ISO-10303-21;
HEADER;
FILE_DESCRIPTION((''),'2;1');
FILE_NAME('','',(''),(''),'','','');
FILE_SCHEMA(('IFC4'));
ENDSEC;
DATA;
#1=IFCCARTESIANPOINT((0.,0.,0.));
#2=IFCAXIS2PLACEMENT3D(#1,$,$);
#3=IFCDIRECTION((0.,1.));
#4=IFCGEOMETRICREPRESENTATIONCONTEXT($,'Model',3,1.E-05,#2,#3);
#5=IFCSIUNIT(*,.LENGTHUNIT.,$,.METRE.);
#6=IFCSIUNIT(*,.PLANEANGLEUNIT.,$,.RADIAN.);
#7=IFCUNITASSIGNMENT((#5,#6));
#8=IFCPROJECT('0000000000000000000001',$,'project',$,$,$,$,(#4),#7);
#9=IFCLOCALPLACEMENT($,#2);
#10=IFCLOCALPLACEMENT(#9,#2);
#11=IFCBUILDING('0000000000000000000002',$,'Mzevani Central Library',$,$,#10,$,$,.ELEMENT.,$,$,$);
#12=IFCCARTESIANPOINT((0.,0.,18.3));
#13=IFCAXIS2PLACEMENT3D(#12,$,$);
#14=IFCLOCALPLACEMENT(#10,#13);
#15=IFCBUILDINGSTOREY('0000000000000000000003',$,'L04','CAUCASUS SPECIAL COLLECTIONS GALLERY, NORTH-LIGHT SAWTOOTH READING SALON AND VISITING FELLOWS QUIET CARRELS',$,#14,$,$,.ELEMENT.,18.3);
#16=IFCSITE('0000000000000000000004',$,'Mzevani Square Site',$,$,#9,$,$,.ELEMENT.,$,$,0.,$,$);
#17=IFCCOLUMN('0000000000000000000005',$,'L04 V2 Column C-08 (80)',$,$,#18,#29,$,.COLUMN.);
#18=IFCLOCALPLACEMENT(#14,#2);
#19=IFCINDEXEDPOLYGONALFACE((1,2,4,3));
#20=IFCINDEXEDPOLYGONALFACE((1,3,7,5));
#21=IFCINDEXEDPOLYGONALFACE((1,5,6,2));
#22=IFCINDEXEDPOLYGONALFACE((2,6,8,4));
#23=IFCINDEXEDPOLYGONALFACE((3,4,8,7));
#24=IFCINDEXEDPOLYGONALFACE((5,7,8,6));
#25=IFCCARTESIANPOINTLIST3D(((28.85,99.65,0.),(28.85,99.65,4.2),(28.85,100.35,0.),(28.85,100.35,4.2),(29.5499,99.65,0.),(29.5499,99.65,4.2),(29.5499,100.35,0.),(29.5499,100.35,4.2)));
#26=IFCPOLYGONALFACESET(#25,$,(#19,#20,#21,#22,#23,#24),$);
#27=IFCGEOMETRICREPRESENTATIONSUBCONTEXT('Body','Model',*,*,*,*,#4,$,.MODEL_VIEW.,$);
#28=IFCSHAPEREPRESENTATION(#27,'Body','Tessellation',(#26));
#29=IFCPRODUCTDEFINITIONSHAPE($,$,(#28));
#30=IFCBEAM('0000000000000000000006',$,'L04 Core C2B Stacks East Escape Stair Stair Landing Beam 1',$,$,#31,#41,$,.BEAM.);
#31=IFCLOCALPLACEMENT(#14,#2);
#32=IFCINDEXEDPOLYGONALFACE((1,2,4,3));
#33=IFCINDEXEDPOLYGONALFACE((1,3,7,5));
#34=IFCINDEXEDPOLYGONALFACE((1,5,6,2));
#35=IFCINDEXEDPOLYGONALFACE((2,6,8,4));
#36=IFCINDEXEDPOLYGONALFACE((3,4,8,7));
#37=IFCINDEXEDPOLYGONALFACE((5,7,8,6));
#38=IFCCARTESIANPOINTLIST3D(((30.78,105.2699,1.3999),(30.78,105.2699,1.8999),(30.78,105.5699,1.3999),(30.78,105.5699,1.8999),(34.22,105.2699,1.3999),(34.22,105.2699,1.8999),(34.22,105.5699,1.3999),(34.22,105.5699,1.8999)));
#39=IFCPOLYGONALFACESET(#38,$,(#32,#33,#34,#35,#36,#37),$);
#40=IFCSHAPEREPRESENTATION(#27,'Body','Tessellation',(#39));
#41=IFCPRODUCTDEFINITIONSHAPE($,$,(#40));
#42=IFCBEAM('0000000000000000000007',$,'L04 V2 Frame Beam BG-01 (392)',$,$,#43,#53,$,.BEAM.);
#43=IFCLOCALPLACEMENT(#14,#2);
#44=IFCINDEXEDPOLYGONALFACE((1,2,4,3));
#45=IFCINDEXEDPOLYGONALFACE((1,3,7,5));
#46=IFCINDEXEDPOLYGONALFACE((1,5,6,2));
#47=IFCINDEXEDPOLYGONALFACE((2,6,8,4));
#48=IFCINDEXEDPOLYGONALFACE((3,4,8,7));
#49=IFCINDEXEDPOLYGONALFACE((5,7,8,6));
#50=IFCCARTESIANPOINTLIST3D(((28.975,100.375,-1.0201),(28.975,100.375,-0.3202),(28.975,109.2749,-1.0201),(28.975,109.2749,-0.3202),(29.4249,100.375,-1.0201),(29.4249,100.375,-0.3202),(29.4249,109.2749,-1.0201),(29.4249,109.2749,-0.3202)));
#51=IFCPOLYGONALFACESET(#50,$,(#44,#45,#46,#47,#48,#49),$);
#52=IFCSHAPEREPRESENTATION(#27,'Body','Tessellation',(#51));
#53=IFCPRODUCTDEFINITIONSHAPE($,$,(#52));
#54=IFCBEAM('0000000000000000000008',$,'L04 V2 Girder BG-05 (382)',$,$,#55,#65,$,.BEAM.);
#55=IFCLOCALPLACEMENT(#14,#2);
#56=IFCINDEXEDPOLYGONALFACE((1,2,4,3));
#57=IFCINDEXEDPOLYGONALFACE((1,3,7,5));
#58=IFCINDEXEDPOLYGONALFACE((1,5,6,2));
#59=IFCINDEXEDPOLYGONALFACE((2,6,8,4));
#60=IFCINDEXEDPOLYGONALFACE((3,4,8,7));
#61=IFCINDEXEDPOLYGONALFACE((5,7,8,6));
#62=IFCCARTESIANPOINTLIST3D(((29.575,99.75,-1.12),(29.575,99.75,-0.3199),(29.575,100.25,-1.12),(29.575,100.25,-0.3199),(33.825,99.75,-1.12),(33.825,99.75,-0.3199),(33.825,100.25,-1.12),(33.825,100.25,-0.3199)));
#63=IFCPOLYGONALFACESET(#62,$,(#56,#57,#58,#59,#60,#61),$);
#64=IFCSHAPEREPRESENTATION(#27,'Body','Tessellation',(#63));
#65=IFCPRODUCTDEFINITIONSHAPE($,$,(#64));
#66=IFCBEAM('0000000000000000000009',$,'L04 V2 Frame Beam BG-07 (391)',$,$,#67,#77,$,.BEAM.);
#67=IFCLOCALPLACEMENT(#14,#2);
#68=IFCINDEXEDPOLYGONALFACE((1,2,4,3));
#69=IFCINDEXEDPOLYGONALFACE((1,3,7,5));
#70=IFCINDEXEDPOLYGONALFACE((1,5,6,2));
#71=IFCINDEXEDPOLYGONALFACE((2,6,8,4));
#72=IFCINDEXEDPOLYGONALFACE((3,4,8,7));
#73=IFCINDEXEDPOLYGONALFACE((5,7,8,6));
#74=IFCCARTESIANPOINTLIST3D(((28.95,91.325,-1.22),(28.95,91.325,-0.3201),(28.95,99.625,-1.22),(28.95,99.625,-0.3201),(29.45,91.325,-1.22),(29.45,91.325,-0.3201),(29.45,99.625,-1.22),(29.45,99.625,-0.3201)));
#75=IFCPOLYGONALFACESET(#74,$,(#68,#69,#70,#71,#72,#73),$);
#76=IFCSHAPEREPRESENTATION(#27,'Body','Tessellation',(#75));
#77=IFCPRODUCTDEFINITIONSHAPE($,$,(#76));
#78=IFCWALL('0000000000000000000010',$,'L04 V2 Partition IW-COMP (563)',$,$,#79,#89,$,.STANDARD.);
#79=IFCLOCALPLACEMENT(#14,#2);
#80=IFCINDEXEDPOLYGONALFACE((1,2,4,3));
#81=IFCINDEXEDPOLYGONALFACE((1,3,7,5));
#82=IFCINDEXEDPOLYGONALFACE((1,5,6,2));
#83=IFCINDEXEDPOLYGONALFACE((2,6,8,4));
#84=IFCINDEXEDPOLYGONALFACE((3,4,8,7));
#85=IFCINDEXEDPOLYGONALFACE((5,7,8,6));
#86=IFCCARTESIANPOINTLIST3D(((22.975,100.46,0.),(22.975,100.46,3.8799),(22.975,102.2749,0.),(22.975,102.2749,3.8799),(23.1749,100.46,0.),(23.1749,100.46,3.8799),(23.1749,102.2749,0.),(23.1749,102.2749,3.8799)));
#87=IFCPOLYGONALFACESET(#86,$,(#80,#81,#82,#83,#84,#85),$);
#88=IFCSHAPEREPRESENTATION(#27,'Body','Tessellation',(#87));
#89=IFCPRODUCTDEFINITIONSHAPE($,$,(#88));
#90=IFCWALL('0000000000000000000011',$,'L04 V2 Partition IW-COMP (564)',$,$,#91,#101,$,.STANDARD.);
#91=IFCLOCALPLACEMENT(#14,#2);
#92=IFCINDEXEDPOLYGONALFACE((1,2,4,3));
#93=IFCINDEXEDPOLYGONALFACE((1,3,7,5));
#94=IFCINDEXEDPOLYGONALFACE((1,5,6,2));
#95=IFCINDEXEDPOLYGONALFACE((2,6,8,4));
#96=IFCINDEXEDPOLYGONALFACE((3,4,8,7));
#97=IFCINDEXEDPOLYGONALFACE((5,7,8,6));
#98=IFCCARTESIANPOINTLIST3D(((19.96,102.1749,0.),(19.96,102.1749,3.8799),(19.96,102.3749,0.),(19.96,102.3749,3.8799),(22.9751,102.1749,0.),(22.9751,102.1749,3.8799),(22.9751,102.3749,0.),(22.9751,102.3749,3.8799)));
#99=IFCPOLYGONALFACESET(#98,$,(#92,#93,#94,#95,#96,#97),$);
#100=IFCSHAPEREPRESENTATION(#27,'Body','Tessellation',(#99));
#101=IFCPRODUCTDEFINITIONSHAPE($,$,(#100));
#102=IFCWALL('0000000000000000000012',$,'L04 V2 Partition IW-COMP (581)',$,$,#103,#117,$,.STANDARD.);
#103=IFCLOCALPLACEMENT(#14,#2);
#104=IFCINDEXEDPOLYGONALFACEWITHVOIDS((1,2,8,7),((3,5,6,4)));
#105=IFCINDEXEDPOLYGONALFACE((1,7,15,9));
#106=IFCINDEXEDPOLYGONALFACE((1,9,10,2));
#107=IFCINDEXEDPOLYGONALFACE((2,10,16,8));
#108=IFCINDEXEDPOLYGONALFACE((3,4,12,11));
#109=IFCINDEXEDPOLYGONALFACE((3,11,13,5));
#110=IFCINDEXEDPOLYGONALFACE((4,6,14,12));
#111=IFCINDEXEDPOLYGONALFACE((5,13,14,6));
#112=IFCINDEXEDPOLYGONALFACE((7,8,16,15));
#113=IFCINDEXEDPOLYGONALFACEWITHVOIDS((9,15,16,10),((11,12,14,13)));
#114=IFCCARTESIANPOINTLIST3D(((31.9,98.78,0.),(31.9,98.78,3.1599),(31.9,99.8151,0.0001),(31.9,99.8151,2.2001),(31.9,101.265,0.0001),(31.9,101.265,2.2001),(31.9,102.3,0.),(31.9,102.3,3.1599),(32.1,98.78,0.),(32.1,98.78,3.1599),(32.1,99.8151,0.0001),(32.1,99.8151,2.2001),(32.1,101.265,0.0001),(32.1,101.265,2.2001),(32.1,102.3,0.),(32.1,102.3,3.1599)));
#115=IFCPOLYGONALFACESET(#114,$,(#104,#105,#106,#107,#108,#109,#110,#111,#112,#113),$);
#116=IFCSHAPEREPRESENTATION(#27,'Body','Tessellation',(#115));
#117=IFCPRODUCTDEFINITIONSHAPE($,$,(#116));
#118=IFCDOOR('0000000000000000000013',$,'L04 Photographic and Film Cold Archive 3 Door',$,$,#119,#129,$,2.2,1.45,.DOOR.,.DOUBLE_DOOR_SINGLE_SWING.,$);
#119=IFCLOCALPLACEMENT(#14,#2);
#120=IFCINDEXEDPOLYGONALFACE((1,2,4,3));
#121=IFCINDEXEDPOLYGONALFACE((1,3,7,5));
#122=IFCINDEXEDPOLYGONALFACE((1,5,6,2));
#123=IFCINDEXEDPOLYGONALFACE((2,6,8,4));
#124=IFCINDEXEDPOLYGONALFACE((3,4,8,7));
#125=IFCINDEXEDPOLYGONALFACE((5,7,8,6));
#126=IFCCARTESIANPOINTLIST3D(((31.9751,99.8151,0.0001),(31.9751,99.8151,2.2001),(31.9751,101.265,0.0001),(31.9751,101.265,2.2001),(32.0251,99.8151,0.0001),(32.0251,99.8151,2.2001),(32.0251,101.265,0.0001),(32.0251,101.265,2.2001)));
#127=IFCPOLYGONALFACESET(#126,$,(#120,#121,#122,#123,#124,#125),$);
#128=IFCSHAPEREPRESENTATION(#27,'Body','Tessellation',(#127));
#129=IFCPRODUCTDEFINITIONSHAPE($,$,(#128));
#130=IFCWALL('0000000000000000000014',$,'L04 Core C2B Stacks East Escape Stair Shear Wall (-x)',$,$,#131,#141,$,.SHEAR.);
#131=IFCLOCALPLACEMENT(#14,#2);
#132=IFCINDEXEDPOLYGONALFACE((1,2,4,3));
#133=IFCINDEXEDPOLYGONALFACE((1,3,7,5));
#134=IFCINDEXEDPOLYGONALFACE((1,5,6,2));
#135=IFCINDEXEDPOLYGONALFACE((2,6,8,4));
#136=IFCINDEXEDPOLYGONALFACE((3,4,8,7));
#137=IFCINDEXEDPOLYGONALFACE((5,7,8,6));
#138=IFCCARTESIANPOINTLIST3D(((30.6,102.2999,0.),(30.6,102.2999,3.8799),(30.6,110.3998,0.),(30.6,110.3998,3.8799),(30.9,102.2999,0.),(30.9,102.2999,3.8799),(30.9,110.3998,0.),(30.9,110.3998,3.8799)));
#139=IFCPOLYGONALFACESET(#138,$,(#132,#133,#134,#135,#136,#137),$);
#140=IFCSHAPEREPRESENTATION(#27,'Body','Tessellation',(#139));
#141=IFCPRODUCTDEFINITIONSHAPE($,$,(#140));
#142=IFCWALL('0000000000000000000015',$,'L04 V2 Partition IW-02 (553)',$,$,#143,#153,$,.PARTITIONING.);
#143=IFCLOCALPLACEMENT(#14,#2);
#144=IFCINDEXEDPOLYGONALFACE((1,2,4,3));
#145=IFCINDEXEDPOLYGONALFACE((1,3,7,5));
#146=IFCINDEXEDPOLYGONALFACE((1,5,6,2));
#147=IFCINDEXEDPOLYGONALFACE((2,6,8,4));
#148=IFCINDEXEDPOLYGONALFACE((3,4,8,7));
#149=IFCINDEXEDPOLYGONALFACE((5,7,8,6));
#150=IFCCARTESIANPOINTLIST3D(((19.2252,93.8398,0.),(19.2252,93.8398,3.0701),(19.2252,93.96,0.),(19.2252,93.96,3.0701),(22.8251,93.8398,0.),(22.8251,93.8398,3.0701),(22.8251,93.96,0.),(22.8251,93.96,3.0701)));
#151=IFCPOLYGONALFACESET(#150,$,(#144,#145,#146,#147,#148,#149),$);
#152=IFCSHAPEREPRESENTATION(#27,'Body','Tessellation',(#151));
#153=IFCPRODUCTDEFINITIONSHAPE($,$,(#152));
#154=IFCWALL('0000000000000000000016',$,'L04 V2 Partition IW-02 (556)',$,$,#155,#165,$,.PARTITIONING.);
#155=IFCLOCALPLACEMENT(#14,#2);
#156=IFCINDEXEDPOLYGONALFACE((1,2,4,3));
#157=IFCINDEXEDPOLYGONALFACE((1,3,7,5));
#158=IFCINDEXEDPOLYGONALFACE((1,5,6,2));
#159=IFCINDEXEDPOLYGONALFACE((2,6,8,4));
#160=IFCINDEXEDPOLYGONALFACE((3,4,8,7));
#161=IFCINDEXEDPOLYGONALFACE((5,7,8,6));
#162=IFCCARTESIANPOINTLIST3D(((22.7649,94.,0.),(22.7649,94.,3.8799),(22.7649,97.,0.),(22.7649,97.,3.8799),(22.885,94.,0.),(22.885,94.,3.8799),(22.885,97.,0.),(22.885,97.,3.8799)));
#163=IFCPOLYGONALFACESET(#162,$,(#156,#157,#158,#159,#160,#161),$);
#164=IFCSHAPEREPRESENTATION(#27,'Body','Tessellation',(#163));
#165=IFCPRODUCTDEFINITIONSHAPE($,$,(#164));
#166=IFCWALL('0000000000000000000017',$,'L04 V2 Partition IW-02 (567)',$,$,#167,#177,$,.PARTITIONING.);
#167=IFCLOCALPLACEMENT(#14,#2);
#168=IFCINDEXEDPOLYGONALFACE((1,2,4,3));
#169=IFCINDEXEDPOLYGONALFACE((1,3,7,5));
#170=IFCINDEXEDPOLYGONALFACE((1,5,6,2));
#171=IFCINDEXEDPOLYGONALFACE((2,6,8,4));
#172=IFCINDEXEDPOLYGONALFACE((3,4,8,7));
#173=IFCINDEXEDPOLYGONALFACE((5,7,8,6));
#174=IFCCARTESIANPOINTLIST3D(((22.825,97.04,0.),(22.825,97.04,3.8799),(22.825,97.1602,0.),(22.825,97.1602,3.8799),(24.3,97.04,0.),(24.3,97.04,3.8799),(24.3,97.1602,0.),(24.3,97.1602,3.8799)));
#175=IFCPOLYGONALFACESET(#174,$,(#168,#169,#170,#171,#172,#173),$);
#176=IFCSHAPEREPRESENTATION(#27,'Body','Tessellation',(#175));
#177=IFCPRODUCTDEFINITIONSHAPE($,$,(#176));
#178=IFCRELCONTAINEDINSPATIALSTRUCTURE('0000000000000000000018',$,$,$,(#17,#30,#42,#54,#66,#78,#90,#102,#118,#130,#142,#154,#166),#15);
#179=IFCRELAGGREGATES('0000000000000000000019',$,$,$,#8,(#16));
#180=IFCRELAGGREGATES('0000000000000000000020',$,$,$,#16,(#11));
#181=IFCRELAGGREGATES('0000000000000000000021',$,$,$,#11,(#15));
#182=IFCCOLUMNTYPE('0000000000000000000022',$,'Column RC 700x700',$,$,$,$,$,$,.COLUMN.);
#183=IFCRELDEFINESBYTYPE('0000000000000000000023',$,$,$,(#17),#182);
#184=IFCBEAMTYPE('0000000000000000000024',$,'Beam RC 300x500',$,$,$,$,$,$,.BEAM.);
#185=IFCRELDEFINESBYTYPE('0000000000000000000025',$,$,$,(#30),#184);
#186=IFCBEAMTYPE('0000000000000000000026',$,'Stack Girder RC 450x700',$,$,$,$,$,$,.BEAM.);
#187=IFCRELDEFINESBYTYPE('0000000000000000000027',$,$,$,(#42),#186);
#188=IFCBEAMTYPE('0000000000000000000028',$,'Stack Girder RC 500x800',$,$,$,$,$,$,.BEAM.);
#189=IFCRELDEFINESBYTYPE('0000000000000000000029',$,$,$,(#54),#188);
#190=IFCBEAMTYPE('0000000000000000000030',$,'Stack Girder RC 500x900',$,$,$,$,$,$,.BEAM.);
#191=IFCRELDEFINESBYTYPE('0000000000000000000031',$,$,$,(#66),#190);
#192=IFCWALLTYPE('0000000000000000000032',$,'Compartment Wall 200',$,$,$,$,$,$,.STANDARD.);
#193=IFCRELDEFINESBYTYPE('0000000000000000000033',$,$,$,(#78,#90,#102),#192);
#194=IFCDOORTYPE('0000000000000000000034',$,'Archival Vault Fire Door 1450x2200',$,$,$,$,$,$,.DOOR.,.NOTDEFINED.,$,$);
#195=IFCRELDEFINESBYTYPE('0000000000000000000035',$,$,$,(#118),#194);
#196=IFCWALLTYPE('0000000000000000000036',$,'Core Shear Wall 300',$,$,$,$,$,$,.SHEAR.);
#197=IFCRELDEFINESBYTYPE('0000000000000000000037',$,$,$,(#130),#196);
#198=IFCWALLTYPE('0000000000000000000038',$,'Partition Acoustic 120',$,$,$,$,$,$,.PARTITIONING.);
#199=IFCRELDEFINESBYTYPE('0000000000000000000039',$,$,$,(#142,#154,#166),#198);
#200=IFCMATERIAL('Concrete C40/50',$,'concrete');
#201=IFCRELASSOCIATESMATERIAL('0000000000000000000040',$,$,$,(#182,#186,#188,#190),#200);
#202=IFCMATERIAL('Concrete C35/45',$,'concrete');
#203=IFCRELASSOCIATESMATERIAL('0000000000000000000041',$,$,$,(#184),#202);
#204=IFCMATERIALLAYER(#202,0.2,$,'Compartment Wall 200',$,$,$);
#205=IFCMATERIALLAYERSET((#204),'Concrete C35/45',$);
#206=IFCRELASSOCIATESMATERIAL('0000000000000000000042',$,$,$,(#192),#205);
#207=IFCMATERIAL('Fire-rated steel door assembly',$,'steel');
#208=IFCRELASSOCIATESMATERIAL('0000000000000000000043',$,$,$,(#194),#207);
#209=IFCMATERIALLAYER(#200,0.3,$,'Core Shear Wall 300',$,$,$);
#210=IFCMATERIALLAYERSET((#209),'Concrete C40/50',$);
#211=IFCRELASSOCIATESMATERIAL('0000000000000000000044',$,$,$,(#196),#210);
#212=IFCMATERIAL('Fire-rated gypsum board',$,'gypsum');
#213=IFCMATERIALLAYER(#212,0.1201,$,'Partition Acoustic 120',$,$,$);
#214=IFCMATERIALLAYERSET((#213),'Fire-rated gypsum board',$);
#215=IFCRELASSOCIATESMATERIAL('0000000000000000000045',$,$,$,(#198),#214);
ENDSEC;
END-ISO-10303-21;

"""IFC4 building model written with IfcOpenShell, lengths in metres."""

from ifc_helpers import new_model, si_unit, direction, frame, frame_2d, origin, origin_2d, place, context, subcontext, project, spatial, rectangle, extrude, material, layer, layer_set, material_profile, profile_set, type_object, element, fill, save


model = new_model("IFC4")

# Units and contexts
model_context = context("Model", 3, precision=1e-05, world=origin(), true_north=direction((0.0, 1.0)))
body_context = subcontext(model_context, "Body", "Model", "MODEL_VIEW")
ifc_project = project(units=[si_unit("LENGTHUNIT", "METRE"), si_unit("PLANEANGLEUNIT", "RADIAN")], contexts=[model_context])

# Site, building, storey
site_placement = place(None, origin())
site = spatial("IfcSite", under=ifc_project, at=site_placement, Name="Mzevani Square Site", CompositionType="ELEMENT", RefElevation=0.0)
building_placement = place(site_placement, origin())
building = spatial("IfcBuilding", under=site, at=building_placement, Name="Mzevani Central Library", CompositionType="ELEMENT")
storey_placement = place(building_placement, frame((0.0, 0.0, 18.3)))
storey = spatial("IfcBuildingStorey", under=building, at=storey_placement, Name="L04", Description="CAUCASUS SPECIAL COLLECTIONS GALLERY, NORTH-LIGHT SAWTOOTH READING SALON AND VISITING FELLOWS QUIET CARRELS", CompositionType="ELEMENT", Elevation=18.3)

# Column
ifc_material_1 = material(Name="Concrete C40/50", Category="concrete")
ifc_material_profile_1 = material_profile(ifc_material_1, rectangle(XDim=0.7, YDim=0.7, at=origin_2d()), Name="RC 700x700")
ifc_profile_set_1 = profile_set([ifc_material_profile_1], Name="Concrete C40/50")
column_type = type_object("IfcColumnType", Name="Column RC 700x700", PredefinedType="COLUMN", material=ifc_profile_set_1)
column_placement = place(storey_placement, frame((29.2, 100.0, 0.0), z_axis=(0.0, 0.0, 1.0), x_axis=(1.0, 0.0, 0.0)))
element("IfcColumn", 1, at=column_placement, inside=storey, type_object=column_type, Name="L04 V2 Column C-08 (80)", PredefinedType="COLUMN", context=body_context, shape_type="SweptSolid", body=[
    extrude(rectangle(XDim=0.7, YDim=0.7, at=origin_2d()), origin(), (0.0, 0.0, 1.0), 4.2),
])

# Beams
ifc_material_2 = material(Name="Concrete C35/45", Category="concrete")
ifc_material_profile_2 = material_profile(ifc_material_2, rectangle(XDim=0.3, YDim=0.5, at=origin_2d()), Name="RC B300x500")
ifc_profile_set_2 = profile_set([ifc_material_profile_2], Name="Concrete C35/45")
beam_type_1 = type_object("IfcBeamType", Name="Beam RC 300x500", PredefinedType="BEAM", material=ifc_profile_set_2)
beam_1_placement = place(storey_placement, frame((30.78, 105.4199, 1.6499), z_axis=(1.0, 0.0, 0.0), x_axis=(0.0, 1.0, 0.0)))
element("IfcBeam", 2, at=beam_1_placement, inside=storey, type_object=beam_type_1, Name="L04 Core C2B Stacks East Escape Stair Stair Landing Beam 1", PredefinedType="BEAM", context=body_context, shape_type="SweptSolid", body=[
    extrude(rectangle(XDim=0.3, YDim=0.5, at=origin_2d()), origin(), (0.0, 0.0, 1.0), 3.4399),
])
ifc_material_profile_3 = material_profile(ifc_material_1, rectangle(XDim=0.45, YDim=0.7, at=origin_2d()), Name="RC B450x700")
ifc_profile_set_3 = profile_set([ifc_material_profile_3], Name="Concrete C40/50")
beam_type_2 = type_object("IfcBeamType", Name="Stack Girder RC 450x700", PredefinedType="BEAM", material=ifc_profile_set_3)
beam_2_placement = place(storey_placement, frame((29.2, 100.375, -0.6702), z_axis=(0.0, 1.0, 0.0), x_axis=(-1.0, 0.0, 0.0)))
element("IfcBeam", 3, at=beam_2_placement, inside=storey, type_object=beam_type_2, Name="L04 V2 Frame Beam BG-01 (392)", PredefinedType="BEAM", context=body_context, shape_type="SweptSolid", body=[
    extrude(rectangle(XDim=0.45, YDim=0.7, at=origin_2d()), origin(), (0.0, 0.0, 1.0), 8.8999),
])
ifc_material_profile_4 = material_profile(ifc_material_1, rectangle(XDim=0.5, YDim=0.8, at=origin_2d()), Name="RC B500x800")
ifc_profile_set_4 = profile_set([ifc_material_profile_4], Name="Concrete C40/50")
beam_type_3 = type_object("IfcBeamType", Name="Stack Girder RC 500x800", PredefinedType="BEAM", material=ifc_profile_set_4)
beam_3_placement = place(storey_placement, frame((29.575, 100.0, -0.72), z_axis=(1.0, 0.0, 0.0), x_axis=(0.0, 1.0, 0.0)))
element("IfcBeam", 4, at=beam_3_placement, inside=storey, type_object=beam_type_3, Name="L04 V2 Girder BG-05 (382)", PredefinedType="BEAM", context=body_context, shape_type="SweptSolid", body=[
    extrude(rectangle(XDim=0.5, YDim=0.8, at=origin_2d()), origin(), (0.0, 0.0, 1.0), 4.25),
])
ifc_material_profile_5 = material_profile(ifc_material_1, rectangle(XDim=0.5, YDim=0.8999, at=origin_2d()), Name="RC B500x900")
ifc_profile_set_5 = profile_set([ifc_material_profile_5], Name="Concrete C40/50")
beam_type_4 = type_object("IfcBeamType", Name="Stack Girder RC 500x900", PredefinedType="BEAM", material=ifc_profile_set_5)
beam_4_placement = place(storey_placement, frame((29.2, 91.325, -0.77), z_axis=(0.0, 1.0, 0.0), x_axis=(-1.0, 0.0, 0.0)))
element("IfcBeam", 5, at=beam_4_placement, inside=storey, type_object=beam_type_4, Name="L04 V2 Frame Beam BG-07 (391)", PredefinedType="BEAM", context=body_context, shape_type="SweptSolid", body=[
    extrude(rectangle(XDim=0.5, YDim=0.8999, at=origin_2d()), origin(), (0.0, 0.0, 1.0), 8.3),
])

# Walls
ifc_layer_1 = layer(ifc_material_2, 0.2, Name="Compartment Wall 200")
ifc_layer_set_1 = layer_set([ifc_layer_1], Name="Concrete C35/45")
wall_type_1 = type_object("IfcWallType", Name="Compartment Wall 200", PredefinedType="STANDARD", material=ifc_layer_set_1)
wall_1_placement = place(storey_placement, frame((23.075, 100.46, 0.0), z_axis=(0.0, 0.0, 1.0), x_axis=(0.0, 1.0, 0.0)))
element("IfcWall", 6, at=wall_1_placement, inside=storey, type_object=wall_type_1, Name="L04 V2 Partition IW-COMP (563)", PredefinedType="STANDARD", context=body_context, shape_type="SweptSolid", body=[
    extrude(rectangle(XDim=1.8149, YDim=0.2, at=frame_2d((0.9075, 0.0))), origin(), (0.0, 0.0, 1.0), 3.8799),
])
wall_2_placement = place(storey_placement, frame((22.9751, 102.2749, 0.0), z_axis=(0.0, 0.0, 1.0), x_axis=(-1.0, 0.0, 0.0)))
element("IfcWall", 7, at=wall_2_placement, inside=storey, type_object=wall_type_1, Name="L04 V2 Partition IW-COMP (564)", PredefinedType="STANDARD", context=body_context, shape_type="SweptSolid", body=[
    extrude(rectangle(XDim=3.0151, YDim=0.2, at=frame_2d((1.5076, 0.0))), origin(), (0.0, 0.0, 1.0), 3.8799),
])

# Wall, opening, door
wall_3_placement = place(storey_placement, frame((32.0, 98.78, 0.0), z_axis=(0.0, 0.0, 1.0), x_axis=(0.0, 1.0, 0.0)))
wall_3 = element("IfcWall", 8, at=wall_3_placement, inside=storey, type_object=wall_type_1, Name="L04 V2 Partition IW-COMP (581)", PredefinedType="STANDARD", context=body_context, shape_type="SweptSolid", body=[
    extrude(rectangle(XDim=3.52, YDim=0.2, at=frame_2d((1.76, 0.0))), origin(), (0.0, 0.0, 1.0), 3.1599),
])
opening_1_placement = place(wall_3_placement, frame((1.0349, 0.0, 0.0)))
opening_1 = element("IfcOpeningElement", 9, at=opening_1_placement, cuts=wall_3, PredefinedType="OPENING", context=body_context, shape_type="SweptSolid", body=[
    extrude(rectangle(XDim=1.45, YDim=2.2, at=frame_2d((0.7251, 1.1001))), frame((0.0, 0.1099, 0.0), z_axis=(0.0, -1.0, 0.0), x_axis=(1.0, 0.0, 0.0)), (0.0, 0.0, 1.0), 0.22),
])
ifc_material_3 = material(Name="Fire-rated steel door assembly", Category="steel")
door_type_1 = type_object("IfcDoorType", Name="Archival Vault Fire Door 1450x2200", OperationType="NOTDEFINED", PredefinedType="DOOR", material=ifc_material_3)
door_1_placement = place(opening_1_placement, origin())
door_1 = element("IfcDoor", 10, at=door_1_placement, inside=storey, type_object=door_type_1, Name="L04 Photographic and Film Cold Archive 3 Door", OperationType="DOUBLE_DOOR_SINGLE_SWING", OverallHeight=2.2, OverallWidth=1.45, PredefinedType="DOOR", context=body_context, shape_type="SweptSolid", body=[
    extrude(rectangle(XDim=1.45, YDim=2.2, at=frame_2d((0.7251, 1.1001))), frame((0.0, 0.0249, 0.0), z_axis=(0.0, -1.0, 0.0), x_axis=(1.0, 0.0, 0.0)), (0.0, 0.0, 1.0), 0.05),
])
fill(opening_1, door_1)

# Walls
ifc_layer_2 = layer(ifc_material_1, 0.3, Name="Core Shear Wall 300")
ifc_layer_set_2 = layer_set([ifc_layer_2], Name="Concrete C40/50")
wall_type_2 = type_object("IfcWallType", Name="Core Shear Wall 300", PredefinedType="SHEAR", material=ifc_layer_set_2)
wall_4_placement = place(storey_placement, frame((30.75, 102.3, 0.0), z_axis=(0.0, 0.0, 1.0), x_axis=(0.0, 1.0, 0.0)))
element("IfcWall", 11, at=wall_4_placement, inside=storey, type_object=wall_type_2, Name="L04 Core C2B Stacks East Escape Stair Shear Wall (-x)", PredefinedType="SHEAR", context=body_context, shape_type="SweptSolid", body=[
    extrude(rectangle(XDim=8.0999, YDim=0.3, at=frame_2d((4.0498, 0.0))), origin(), (0.0, 0.0, 1.0), 3.8799),
])
ifc_material_4 = material(Name="Fire-rated gypsum board", Category="gypsum")
ifc_layer_3 = layer(ifc_material_4, 0.1201, Name="Partition Acoustic 120")
ifc_layer_set_3 = layer_set([ifc_layer_3], Name="Fire-rated gypsum board")
wall_type_3 = type_object("IfcWallType", Name="Partition Acoustic 120", PredefinedType="PARTITIONING", material=ifc_layer_set_3)
wall_5_placement = place(storey_placement, frame((22.825, 93.8999, 0.0), z_axis=(0.0, 0.0, 1.0), x_axis=(-1.0, 0.0, 0.0)))
element("IfcWall", 12, at=wall_5_placement, inside=storey, type_object=wall_type_3, Name="L04 V2 Partition IW-02 (553)", PredefinedType="PARTITIONING", context=body_context, shape_type="SweptSolid", body=[
    extrude(rectangle(XDim=3.5999, YDim=0.1201, at=frame_2d((1.7998, 0.0))), origin(), (0.0, 0.0, 1.0), 3.0701),
])
wall_6_placement = place(storey_placement, frame((22.825, 97.0, 0.0), z_axis=(0.0, 0.0, 1.0), x_axis=(0.0, -1.0, 0.0)))
element("IfcWall", 13, at=wall_6_placement, inside=storey, type_object=wall_type_3, Name="L04 V2 Partition IW-02 (556)", PredefinedType="PARTITIONING", context=body_context, shape_type="SweptSolid", body=[
    extrude(rectangle(XDim=3.0, YDim=0.1201, at=frame_2d((1.5, 0.0))), origin(), (0.0, 0.0, 1.0), 3.8799),
])
wall_7_placement = place(storey_placement, frame((22.825, 97.1001, 0.0), z_axis=(0.0, 0.0, 1.0), x_axis=(1.0, 0.0, 0.0)))
element("IfcWall", 14, at=wall_7_placement, inside=storey, type_object=wall_type_3, Name="L04 V2 Partition IW-02 (567)", PredefinedType="PARTITIONING", context=body_context, shape_type="SweptSolid", body=[
    extrude(rectangle(XDim=1.4751, YDim=0.1201, at=frame_2d((0.7375, 0.0))), origin(), (0.0, 0.0, 1.0), 3.8799),
])

save(model, "model.ifc")
